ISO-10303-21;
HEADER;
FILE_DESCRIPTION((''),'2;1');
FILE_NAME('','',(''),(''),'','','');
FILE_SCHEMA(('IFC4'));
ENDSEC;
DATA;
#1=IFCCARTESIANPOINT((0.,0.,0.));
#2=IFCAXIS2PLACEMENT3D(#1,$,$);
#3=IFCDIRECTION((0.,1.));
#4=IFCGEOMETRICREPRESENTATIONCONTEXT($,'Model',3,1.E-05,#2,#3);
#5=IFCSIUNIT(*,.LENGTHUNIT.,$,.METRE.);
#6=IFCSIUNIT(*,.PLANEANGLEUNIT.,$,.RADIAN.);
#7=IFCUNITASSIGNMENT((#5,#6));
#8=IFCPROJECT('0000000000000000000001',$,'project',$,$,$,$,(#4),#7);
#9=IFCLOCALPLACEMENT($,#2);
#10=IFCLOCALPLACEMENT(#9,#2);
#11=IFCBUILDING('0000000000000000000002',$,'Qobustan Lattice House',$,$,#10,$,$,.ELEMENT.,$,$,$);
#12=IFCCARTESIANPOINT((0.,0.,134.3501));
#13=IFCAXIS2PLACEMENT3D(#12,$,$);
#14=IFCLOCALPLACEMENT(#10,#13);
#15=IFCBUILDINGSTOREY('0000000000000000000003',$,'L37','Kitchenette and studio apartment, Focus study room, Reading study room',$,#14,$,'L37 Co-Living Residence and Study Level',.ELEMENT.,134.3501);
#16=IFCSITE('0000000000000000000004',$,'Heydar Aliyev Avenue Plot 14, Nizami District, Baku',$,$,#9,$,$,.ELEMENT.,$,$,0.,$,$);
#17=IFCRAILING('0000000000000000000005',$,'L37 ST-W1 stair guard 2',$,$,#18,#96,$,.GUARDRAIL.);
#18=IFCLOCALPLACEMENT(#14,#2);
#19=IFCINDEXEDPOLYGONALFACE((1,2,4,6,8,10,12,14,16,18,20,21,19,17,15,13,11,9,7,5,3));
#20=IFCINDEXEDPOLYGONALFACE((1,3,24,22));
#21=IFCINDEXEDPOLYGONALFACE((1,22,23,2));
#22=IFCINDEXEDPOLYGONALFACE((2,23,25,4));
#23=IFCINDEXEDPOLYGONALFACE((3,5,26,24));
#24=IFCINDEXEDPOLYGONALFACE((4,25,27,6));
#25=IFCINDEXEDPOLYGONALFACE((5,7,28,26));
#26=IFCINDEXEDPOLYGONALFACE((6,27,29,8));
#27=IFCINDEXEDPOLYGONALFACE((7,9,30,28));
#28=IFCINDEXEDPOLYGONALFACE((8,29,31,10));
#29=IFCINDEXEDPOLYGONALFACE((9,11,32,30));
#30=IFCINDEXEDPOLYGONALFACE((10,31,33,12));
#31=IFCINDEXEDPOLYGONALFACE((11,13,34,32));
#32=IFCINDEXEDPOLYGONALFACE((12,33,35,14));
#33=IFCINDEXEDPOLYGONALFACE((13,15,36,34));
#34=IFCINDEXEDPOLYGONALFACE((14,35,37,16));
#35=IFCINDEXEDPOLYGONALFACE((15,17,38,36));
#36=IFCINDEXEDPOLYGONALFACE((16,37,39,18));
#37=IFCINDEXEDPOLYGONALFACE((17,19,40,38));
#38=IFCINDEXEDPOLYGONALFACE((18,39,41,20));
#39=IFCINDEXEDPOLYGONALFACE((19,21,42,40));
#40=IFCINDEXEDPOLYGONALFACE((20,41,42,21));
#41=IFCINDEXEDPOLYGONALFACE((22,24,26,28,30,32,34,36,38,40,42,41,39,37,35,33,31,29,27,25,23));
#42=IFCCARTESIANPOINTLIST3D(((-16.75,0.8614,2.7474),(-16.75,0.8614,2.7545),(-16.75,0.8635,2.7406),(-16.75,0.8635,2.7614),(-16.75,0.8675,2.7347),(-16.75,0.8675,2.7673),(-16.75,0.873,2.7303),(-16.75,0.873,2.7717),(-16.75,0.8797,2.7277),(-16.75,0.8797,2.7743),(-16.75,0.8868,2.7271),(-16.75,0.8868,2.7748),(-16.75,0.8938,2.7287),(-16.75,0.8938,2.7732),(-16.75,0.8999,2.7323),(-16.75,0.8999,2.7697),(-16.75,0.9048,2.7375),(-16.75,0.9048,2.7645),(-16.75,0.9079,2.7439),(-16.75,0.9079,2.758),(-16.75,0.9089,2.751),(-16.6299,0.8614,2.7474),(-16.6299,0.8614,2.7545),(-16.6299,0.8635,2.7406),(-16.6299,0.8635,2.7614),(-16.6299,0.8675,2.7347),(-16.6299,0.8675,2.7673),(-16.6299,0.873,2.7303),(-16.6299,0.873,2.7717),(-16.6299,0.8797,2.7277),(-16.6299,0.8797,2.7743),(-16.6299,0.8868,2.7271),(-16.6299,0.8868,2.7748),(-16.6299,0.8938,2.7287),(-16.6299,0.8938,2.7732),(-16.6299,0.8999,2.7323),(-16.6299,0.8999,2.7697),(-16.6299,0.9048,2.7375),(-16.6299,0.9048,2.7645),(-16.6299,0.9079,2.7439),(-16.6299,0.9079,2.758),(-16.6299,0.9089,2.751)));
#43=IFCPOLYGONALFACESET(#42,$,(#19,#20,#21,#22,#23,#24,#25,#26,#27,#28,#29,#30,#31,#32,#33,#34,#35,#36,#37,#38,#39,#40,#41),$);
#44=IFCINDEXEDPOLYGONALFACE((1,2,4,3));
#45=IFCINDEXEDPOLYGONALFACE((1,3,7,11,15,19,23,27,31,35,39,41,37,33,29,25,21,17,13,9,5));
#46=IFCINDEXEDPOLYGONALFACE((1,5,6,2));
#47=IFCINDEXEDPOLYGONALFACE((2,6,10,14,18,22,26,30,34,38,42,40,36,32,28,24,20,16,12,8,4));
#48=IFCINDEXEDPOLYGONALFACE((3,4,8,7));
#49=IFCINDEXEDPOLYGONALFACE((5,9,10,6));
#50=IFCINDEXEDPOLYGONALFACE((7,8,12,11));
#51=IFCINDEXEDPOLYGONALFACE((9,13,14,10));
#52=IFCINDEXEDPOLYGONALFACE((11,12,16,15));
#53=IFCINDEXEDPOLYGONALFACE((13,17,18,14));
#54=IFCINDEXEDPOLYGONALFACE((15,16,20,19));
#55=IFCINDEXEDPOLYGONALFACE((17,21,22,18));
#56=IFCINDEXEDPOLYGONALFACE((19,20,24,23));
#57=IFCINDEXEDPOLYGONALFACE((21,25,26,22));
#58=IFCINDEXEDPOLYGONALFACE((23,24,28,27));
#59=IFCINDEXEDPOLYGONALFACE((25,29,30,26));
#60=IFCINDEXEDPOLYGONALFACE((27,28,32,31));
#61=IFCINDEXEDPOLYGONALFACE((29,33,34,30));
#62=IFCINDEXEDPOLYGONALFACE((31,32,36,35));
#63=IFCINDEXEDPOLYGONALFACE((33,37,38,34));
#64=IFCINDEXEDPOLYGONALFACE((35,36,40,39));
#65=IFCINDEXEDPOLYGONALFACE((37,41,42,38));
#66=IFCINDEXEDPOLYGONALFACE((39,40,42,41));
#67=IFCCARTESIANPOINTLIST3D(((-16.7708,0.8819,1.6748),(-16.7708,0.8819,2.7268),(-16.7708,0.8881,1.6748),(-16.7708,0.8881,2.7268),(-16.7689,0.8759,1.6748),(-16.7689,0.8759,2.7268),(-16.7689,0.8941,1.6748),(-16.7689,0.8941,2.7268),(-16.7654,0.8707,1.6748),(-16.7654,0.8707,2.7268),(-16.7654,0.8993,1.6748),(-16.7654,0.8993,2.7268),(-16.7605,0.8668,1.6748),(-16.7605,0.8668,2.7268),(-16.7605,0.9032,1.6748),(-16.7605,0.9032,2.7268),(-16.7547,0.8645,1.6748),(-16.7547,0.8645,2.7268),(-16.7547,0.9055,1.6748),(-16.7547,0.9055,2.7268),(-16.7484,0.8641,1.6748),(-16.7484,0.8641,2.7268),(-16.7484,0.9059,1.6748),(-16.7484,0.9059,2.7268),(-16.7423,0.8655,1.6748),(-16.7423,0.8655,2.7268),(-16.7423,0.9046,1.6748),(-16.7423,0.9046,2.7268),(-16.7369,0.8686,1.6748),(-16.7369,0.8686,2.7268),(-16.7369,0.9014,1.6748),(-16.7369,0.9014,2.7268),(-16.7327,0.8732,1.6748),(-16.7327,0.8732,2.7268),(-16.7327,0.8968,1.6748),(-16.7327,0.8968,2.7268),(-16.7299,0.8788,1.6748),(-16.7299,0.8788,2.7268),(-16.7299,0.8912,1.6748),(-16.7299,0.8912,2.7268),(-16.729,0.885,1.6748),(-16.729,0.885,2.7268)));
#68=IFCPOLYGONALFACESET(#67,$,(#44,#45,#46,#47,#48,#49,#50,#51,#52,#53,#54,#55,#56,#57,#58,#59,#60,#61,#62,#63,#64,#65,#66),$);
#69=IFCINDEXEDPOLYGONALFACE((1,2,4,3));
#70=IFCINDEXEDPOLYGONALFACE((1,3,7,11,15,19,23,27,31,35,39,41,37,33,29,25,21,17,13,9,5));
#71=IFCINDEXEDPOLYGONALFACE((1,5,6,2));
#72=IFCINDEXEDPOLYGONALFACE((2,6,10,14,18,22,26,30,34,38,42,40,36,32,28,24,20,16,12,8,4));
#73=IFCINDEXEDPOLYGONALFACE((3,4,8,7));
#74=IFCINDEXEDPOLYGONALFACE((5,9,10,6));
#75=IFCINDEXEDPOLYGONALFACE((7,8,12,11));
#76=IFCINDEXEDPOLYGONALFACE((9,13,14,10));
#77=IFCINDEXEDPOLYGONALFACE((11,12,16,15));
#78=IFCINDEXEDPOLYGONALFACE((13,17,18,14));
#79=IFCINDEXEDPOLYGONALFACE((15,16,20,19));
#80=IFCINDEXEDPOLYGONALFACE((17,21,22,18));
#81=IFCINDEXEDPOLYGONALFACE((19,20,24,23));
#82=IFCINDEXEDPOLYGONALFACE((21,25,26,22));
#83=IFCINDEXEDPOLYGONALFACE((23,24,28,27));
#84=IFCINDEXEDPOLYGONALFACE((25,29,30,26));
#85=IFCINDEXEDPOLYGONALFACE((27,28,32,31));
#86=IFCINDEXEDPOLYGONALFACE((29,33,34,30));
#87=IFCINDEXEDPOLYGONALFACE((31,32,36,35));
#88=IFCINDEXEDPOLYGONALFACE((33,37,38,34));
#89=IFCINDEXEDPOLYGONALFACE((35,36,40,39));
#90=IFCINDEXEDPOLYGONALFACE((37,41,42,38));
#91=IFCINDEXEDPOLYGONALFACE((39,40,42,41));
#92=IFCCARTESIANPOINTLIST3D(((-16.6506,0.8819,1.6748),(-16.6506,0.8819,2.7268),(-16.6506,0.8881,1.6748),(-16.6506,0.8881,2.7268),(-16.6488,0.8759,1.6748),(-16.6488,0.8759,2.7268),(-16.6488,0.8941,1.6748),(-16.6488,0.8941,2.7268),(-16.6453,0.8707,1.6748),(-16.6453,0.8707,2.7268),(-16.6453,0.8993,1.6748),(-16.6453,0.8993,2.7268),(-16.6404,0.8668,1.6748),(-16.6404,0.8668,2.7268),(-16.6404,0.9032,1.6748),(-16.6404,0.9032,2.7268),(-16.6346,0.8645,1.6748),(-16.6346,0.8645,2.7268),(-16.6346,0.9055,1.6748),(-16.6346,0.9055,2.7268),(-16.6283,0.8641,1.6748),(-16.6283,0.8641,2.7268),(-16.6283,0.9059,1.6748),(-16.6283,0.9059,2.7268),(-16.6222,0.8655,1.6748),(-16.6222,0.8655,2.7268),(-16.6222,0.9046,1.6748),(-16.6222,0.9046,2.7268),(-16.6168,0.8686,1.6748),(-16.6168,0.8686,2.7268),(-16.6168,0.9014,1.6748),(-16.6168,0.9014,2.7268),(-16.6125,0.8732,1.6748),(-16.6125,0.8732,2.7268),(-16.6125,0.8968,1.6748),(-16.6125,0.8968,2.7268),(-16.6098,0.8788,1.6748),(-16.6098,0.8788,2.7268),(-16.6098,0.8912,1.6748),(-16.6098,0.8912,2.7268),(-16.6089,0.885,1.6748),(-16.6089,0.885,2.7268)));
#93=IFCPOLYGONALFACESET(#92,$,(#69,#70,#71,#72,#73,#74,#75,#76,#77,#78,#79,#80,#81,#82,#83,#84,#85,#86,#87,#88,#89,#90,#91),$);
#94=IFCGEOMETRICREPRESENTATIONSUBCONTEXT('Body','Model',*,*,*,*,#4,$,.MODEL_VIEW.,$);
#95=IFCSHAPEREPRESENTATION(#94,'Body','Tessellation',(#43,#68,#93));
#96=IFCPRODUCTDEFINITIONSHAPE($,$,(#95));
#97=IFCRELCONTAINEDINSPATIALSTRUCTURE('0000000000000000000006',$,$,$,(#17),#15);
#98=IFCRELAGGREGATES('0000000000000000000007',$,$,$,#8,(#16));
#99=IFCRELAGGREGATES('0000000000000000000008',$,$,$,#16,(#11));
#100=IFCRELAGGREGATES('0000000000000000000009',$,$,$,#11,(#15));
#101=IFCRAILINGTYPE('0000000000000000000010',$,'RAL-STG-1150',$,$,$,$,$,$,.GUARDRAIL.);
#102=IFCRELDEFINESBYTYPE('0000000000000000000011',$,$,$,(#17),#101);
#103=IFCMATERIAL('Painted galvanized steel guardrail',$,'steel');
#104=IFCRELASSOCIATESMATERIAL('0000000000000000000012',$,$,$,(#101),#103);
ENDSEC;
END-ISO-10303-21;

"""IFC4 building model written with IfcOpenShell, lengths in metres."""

from ifc_helpers import new_model, si_unit, direction, frame, origin, origin_2d, place, context, subcontext, project, spatial, circle, extrude, material, type_object, element, save


model = new_model("IFC4")

# Units and contexts
model_context = context("Model", 3, precision=1e-05, world=origin(), true_north=direction((0.0, 1.0)))
body_context = subcontext(model_context, "Body", "Model", "MODEL_VIEW")
ifc_project = project(units=[si_unit("LENGTHUNIT", "METRE"), si_unit("PLANEANGLEUNIT", "RADIAN")], contexts=[model_context])

# Site, building, storey
site_placement = place(None, origin())
site = spatial("IfcSite", under=ifc_project, at=site_placement, Name="Heydar Aliyev Avenue Plot 14, Nizami District, Baku", CompositionType="ELEMENT", RefElevation=0.0)
building_placement = place(site_placement, origin())
building = spatial("IfcBuilding", under=site, at=building_placement, Name="Qobustan Lattice House", CompositionType="ELEMENT")
storey_placement = place(building_placement, frame((0.0, 0.0, 134.3501)))
storey = spatial("IfcBuildingStorey", under=building, at=storey_placement, Name="L37", Description="Kitchenette and studio apartment, Focus study room, Reading study room", LongName="L37 Co-Living Residence and Study Level", CompositionType="ELEMENT", Elevation=134.3501)

# Railing
ifc_material_1 = material(Name="Painted galvanized steel guardrail", Category="steel")
railing_type_1 = type_object("IfcRailingType", Name="RAL-STG-1150", PredefinedType="GUARDRAIL", material=ifc_material_1)
railing_1_placement = place(storey_placement, frame((-16.75, 0.885, 1.6748)))
element("IfcRailing", 1, at=railing_1_placement, inside=storey, type_object=railing_type_1, Name="L37 ST-W1 stair guard 2", PredefinedType="GUARDRAIL", context=body_context, shape_type="SweptSolid", body=[
    extrude(circle(Radius=0.0239, at=origin_2d()), frame((0.0, 0.0, 1.0762), z_axis=(1.0, 0.0, 0.0), x_axis=(0.0, 1.0, 0.0)), (0.0, 0.0, 1.0), 0.1201),
    extrude(circle(Radius=0.021, at=origin_2d()), origin(), (0.0, 0.0, 1.0), 1.052),
    extrude(circle(Radius=0.021, at=origin_2d()), frame((0.1201, 0.0, 0.0)), (0.0, 0.0, 1.0), 1.052),
])

save(model, "model.ifc")
